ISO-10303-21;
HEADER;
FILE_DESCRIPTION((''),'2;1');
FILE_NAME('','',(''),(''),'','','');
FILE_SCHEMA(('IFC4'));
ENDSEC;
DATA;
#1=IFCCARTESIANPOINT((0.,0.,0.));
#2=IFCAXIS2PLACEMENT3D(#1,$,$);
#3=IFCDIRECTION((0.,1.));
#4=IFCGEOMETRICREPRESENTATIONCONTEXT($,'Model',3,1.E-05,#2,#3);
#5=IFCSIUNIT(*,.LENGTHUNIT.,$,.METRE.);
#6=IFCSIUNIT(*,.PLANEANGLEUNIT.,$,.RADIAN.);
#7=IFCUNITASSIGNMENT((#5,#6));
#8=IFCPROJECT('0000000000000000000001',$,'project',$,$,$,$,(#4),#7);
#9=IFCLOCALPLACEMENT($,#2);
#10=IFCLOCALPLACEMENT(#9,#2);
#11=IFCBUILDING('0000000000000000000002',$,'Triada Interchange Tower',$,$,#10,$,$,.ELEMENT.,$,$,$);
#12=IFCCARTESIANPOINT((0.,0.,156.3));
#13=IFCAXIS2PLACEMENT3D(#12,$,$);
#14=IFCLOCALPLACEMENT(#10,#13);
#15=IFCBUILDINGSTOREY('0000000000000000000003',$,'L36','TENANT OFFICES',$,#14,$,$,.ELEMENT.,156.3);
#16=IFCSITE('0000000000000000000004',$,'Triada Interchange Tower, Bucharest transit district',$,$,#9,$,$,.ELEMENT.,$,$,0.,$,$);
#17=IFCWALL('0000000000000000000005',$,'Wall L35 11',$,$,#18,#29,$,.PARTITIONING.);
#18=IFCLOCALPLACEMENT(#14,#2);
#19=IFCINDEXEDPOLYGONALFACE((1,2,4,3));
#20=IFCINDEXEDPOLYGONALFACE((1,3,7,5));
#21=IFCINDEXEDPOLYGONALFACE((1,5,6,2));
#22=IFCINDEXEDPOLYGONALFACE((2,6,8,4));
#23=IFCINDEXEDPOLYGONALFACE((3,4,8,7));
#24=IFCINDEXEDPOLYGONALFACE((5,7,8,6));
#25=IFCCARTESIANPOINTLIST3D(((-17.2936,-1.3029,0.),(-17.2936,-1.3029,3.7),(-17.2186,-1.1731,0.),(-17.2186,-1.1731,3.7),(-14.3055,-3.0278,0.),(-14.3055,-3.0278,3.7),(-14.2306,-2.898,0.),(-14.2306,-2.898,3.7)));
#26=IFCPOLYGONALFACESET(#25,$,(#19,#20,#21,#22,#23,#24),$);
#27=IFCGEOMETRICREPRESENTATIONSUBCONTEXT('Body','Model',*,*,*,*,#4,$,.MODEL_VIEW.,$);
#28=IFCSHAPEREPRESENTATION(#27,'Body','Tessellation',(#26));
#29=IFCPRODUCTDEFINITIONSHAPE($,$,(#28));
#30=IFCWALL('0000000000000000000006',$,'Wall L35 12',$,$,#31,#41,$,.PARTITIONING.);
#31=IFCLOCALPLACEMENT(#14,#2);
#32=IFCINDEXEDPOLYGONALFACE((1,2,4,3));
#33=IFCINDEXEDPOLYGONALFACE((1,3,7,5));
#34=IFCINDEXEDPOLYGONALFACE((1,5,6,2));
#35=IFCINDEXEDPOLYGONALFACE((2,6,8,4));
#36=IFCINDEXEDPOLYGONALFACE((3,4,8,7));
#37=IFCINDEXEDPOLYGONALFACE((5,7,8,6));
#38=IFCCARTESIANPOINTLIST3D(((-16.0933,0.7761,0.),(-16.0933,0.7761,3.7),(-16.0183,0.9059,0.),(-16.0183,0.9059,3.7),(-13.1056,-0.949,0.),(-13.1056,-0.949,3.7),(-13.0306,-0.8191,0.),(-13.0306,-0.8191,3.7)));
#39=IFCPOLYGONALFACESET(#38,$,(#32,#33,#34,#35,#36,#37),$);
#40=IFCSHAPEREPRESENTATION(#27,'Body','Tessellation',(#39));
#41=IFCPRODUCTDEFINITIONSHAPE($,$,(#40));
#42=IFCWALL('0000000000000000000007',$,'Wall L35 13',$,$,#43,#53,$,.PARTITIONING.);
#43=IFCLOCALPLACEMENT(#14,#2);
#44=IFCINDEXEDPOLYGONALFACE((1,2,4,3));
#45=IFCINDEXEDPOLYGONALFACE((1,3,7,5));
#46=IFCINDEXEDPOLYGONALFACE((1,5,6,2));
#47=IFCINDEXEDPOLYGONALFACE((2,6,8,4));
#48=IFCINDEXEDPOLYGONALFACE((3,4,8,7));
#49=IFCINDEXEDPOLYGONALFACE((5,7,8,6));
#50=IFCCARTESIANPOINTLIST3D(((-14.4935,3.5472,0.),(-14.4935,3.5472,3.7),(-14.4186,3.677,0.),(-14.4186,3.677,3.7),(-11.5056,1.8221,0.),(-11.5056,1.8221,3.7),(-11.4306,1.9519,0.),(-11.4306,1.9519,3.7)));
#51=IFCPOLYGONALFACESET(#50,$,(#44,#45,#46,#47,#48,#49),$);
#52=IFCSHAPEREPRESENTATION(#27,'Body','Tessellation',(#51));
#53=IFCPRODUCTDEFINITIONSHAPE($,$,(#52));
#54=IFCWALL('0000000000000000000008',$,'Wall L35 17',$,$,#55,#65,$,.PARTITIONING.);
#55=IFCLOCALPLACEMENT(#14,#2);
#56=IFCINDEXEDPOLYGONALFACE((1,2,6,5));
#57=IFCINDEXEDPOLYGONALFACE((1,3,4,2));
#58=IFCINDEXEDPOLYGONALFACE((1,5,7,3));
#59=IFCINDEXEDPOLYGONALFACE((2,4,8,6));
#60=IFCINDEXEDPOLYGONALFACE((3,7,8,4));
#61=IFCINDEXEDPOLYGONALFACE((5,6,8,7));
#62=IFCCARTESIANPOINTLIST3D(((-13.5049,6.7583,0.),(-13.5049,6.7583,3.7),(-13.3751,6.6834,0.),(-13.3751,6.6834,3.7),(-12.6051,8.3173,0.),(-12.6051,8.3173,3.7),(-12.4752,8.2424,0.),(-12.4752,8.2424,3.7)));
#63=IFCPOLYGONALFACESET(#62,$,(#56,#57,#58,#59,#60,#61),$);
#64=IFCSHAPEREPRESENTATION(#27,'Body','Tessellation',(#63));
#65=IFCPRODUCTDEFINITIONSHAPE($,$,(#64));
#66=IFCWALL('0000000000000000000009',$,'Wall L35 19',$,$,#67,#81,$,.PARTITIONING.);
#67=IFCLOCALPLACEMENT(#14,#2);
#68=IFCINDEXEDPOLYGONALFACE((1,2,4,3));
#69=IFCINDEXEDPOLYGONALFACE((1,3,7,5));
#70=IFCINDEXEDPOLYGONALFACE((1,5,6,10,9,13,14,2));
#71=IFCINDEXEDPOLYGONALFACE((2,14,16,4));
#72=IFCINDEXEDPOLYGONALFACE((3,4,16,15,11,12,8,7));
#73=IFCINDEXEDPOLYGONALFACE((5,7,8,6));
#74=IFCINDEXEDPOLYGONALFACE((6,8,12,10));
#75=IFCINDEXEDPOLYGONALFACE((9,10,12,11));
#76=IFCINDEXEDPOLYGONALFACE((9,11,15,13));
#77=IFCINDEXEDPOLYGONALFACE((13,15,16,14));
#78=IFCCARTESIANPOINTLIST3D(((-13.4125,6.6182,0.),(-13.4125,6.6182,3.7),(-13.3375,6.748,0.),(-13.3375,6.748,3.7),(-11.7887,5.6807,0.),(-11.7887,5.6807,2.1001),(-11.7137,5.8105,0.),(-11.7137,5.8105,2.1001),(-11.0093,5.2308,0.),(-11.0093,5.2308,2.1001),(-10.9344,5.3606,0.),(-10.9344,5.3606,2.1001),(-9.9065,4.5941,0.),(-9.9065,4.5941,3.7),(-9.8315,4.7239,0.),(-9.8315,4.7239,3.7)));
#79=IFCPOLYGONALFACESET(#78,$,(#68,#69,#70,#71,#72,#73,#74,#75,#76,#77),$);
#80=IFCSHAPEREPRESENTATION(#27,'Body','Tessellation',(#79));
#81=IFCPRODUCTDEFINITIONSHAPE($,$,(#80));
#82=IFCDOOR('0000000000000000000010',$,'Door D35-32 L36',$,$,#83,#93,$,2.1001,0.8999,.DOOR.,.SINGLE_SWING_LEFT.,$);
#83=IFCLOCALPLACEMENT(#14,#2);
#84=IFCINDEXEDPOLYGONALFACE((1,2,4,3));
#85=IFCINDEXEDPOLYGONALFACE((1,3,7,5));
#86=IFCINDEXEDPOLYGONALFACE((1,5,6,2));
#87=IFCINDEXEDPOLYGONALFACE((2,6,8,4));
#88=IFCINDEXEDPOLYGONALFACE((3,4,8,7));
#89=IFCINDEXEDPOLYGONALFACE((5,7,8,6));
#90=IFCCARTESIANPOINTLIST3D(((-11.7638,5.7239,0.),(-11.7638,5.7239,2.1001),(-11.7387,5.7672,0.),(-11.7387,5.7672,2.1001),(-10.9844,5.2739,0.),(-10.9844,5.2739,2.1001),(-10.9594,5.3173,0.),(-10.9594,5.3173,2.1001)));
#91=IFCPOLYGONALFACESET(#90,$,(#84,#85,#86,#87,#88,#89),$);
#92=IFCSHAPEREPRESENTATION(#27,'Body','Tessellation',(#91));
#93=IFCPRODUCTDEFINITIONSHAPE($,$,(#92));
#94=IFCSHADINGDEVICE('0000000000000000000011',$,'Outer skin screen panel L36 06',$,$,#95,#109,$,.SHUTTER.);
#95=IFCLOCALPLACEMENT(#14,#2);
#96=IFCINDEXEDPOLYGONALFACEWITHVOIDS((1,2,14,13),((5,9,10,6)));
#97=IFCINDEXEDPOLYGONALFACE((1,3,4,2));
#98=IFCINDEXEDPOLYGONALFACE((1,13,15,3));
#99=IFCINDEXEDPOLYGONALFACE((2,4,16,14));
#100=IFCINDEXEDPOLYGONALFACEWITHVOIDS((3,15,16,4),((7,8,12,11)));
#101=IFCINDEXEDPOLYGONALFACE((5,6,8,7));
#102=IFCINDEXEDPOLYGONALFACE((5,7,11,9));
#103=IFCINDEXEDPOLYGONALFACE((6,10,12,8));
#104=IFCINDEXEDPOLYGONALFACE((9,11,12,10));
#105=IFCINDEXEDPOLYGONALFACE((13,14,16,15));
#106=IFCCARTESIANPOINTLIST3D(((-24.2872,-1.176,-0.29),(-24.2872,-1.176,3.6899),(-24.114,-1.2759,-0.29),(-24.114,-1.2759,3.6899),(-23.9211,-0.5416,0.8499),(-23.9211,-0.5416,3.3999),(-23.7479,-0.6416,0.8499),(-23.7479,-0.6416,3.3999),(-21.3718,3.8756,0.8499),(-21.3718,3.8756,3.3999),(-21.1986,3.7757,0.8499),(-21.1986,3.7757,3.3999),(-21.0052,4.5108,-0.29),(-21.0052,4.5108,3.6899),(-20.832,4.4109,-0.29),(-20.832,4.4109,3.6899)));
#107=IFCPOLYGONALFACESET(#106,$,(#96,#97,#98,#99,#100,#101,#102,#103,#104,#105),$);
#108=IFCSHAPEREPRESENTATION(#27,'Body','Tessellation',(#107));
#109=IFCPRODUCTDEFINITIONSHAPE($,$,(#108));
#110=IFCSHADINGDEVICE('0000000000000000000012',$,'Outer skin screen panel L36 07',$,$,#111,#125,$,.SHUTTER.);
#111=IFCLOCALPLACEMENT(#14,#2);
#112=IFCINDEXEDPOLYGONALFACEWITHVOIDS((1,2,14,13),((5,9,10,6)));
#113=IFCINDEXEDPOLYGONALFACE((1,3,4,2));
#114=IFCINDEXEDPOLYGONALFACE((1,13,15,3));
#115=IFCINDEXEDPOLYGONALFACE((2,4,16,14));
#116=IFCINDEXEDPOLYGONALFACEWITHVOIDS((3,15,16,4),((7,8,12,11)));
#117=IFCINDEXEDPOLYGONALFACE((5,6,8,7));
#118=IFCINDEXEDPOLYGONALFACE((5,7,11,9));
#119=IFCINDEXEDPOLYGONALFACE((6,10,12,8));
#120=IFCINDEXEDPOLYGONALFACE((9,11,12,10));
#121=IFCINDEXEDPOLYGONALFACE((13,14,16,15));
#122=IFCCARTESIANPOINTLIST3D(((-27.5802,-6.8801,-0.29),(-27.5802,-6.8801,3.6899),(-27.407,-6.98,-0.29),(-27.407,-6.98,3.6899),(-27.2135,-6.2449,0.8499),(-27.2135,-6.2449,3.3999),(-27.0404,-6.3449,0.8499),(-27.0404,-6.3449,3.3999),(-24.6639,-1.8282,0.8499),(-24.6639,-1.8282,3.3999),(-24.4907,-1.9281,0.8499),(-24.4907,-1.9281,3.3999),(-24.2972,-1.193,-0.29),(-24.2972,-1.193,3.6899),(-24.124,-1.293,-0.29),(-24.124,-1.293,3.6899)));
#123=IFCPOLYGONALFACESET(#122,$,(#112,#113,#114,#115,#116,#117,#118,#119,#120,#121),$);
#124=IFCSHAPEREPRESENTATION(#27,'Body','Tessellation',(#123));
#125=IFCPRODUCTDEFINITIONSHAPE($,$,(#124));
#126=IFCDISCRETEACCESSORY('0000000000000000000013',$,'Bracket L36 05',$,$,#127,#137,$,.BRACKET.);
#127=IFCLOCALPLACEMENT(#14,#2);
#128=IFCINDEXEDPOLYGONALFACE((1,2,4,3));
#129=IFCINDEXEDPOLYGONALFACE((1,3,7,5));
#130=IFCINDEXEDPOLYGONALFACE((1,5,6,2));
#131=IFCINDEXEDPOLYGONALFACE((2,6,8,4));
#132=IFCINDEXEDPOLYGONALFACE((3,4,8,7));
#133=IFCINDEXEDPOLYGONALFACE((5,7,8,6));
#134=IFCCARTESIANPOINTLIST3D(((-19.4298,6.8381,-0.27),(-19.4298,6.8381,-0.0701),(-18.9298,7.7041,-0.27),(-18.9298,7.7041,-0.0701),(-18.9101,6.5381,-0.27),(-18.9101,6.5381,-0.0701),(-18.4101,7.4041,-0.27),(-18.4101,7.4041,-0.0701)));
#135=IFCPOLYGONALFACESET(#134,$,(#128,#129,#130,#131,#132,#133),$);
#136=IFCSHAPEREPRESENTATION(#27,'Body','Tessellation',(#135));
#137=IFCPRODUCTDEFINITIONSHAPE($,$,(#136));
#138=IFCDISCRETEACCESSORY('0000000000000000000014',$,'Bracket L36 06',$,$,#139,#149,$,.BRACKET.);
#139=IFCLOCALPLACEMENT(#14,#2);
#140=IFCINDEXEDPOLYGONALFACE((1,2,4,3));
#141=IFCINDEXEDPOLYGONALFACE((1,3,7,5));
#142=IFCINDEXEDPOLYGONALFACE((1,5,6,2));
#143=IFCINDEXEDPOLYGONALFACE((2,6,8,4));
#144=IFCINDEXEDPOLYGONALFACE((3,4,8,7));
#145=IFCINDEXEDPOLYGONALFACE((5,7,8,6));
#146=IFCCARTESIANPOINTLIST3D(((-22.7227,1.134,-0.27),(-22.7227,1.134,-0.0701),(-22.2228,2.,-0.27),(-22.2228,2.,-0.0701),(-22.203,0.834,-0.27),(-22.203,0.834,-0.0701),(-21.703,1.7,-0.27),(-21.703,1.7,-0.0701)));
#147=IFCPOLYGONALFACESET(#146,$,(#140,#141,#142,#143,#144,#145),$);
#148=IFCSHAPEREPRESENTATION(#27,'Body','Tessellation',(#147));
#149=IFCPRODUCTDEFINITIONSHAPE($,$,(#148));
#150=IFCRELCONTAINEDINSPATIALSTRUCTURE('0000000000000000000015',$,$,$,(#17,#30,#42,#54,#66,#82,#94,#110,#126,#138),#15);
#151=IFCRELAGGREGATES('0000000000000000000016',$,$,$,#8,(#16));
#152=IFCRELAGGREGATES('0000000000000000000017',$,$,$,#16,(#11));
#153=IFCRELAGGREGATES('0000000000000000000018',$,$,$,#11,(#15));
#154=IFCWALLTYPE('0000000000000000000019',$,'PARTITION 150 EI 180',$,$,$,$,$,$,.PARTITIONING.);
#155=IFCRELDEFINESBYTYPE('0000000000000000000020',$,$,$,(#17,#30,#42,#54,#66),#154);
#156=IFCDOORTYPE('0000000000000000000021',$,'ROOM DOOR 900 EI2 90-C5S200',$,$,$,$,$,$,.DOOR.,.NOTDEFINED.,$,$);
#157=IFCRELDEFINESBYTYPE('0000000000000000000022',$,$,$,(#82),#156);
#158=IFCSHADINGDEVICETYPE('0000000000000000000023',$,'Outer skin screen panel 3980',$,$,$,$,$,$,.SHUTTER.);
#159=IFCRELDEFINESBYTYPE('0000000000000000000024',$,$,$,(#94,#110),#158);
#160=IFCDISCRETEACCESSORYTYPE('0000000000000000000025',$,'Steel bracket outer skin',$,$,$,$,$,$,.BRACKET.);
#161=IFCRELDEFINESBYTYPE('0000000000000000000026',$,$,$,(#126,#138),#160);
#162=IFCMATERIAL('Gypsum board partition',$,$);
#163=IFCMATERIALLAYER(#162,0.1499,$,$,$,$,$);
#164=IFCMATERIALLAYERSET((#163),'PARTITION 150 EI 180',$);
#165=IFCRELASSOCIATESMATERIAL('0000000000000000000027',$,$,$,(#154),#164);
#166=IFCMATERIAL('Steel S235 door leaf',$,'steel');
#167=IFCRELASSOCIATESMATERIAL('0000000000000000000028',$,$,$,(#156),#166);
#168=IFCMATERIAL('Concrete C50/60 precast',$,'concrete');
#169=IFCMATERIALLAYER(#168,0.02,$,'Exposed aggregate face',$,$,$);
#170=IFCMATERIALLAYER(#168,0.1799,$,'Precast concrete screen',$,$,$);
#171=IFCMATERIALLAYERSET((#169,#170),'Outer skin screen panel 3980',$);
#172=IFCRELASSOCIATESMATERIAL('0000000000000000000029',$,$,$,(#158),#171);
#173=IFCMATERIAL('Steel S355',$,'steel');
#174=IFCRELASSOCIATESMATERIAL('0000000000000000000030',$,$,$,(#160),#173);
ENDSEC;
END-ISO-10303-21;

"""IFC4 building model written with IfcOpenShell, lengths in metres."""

from ifc_helpers import new_model, si_unit, direction, frame, frame_2d, origin, origin_2d, place, context, subcontext, project, spatial, polyline, rectangle, outline, extrude, material, layer, layer_set, type_object, element, fill, save


model = new_model("IFC4")

# Units and contexts
model_context = context("Model", 3, precision=1e-05, world=origin(), true_north=direction((0.0, 1.0)))
body_context = subcontext(model_context, "Body", "Model", "MODEL_VIEW")
ifc_project = project(units=[si_unit("LENGTHUNIT", "METRE"), si_unit("PLANEANGLEUNIT", "RADIAN")], contexts=[model_context])

# Site, building, storey
site_placement = place(None, origin())
site = spatial("IfcSite", under=ifc_project, at=site_placement, Name="Triada Interchange Tower, Bucharest transit district", CompositionType="ELEMENT", RefElevation=0.0)
building_placement = place(site_placement, origin())
building = spatial("IfcBuilding", under=site, at=building_placement, Name="Triada Interchange Tower", CompositionType="ELEMENT")
storey_placement = place(building_placement, frame((0.0, 0.0, 156.3)))
storey = spatial("IfcBuildingStorey", under=building, at=storey_placement, Name="L36", Description="TENANT OFFICES", CompositionType="ELEMENT", Elevation=156.3)

# Shared definitions
ifc_material_1 = material(Name="Steel S235 door leaf", Category="steel")

# Shared definitions
ifc_material_2 = material(Name="Gypsum board partition")
ifc_layer_1 = layer(ifc_material_2, 0.1499)
ifc_layer_set_1 = layer_set([ifc_layer_1], Name="PARTITION 150 EI 180")
wall_type_1 = type_object("IfcWallType", Name="PARTITION 150 EI 180", PredefinedType="PARTITIONING", material=ifc_layer_set_1)

# Walls
wall_1_placement = place(storey_placement, frame((-17.2561, -1.238, 0.0), z_axis=(0.0, 0.0, 1.0), x_axis=(0.866062, -0.499937, 0.0)))
element("IfcWall", 1, at=wall_1_placement, inside=storey, type_object=wall_type_1, Name="Wall L35 11", PredefinedType="PARTITIONING", context=body_context, shape_type="SweptSolid", body=[
    extrude(rectangle(XDim=3.4502, YDim=0.1499, at=frame_2d((1.7251, 0.0))), origin(), (0.0, 0.0, 1.0), 3.7),
])
wall_2_placement = place(storey_placement, frame((-16.0559, 0.8411, 0.0), z_axis=(0.0, 0.0, 1.0), x_axis=(0.866014, -0.500021, 0.0)))
element("IfcWall", 2, at=wall_2_placement, inside=storey, type_object=wall_type_1, Name="Wall L35 12", PredefinedType="PARTITIONING", context=body_context, shape_type="SweptSolid", body=[
    extrude(rectangle(XDim=3.45, YDim=0.1499, at=frame_2d((1.7251, 0.0))), origin(), (0.0, 0.0, 1.0), 3.7),
])
wall_3_placement = place(storey_placement, frame((-14.4561, 3.6121, 0.0), z_axis=(0.0, 0.0, 1.0), x_axis=(0.866031, -0.49999, 0.0)))
element("IfcWall", 3, at=wall_3_placement, inside=storey, type_object=wall_type_1, Name="Wall L35 13", PredefinedType="PARTITIONING", context=body_context, shape_type="SweptSolid", body=[
    extrude(rectangle(XDim=3.4502, YDim=0.1499, at=frame_2d((1.7251, 0.0))), origin(), (0.0, 0.0, 1.0), 3.7),
])
wall_4_placement = place(storey_placement, frame((-13.4399, 6.7209, 0.0), z_axis=(0.0, 0.0, 1.0), x_axis=(0.499902, 0.866082, 0.0)))
element("IfcWall", 4, at=wall_4_placement, inside=storey, type_object=wall_type_1, Name="Wall L35 17", PredefinedType="PARTITIONING", context=body_context, shape_type="SweptSolid", body=[
    extrude(rectangle(XDim=1.8, YDim=0.1499, at=frame_2d((0.8999, 0.0))), origin(), (0.0, 0.0, 1.0), 3.7),
])

# Wall, opening, door
wall_5_placement = place(storey_placement, frame((-13.375, 6.6831, 0.0), z_axis=(0.0, 0.0, 1.0), x_axis=(0.866034, -0.499985, 0.0)))
wall_5 = element("IfcWall", 5, at=wall_5_placement, inside=storey, type_object=wall_type_1, Name="Wall L35 19", PredefinedType="PARTITIONING", context=body_context, shape_type="SweptSolid", body=[
    extrude(rectangle(XDim=4.0483, YDim=0.1499, at=frame_2d((2.0242, 0.0))), origin(), (0.0, 0.0, 1.0), 3.7),
])
opening_1_placement = place(wall_5_placement, frame((1.875, 0.0, 0.0)))
opening_1 = element("IfcOpeningElement", 6, at=opening_1_placement, cuts=wall_5, PredefinedType="OPENING", context=body_context, shape_type="SweptSolid", body=[
    extrude(rectangle(XDim=0.8999, YDim=2.1001, at=frame_2d((0.45, 1.05))), frame((0.0, 0.085, 0.0), z_axis=(0.0, -1.0, 0.0), x_axis=(1.0, 0.0, 0.0)), (0.0, 0.0, 1.0), 0.1699),
])
door_type_1 = type_object("IfcDoorType", Name="ROOM DOOR 900 EI2 90-C5S200", OperationType="NOTDEFINED", PredefinedType="DOOR", material=ifc_material_1)
door_1_placement = place(opening_1_placement, origin())
door_1 = element("IfcDoor", 7, at=door_1_placement, inside=storey, type_object=door_type_1, Name="Door D35-32 L36", OperationType="SINGLE_SWING_LEFT", OverallHeight=2.1001, OverallWidth=0.8999, PredefinedType="DOOR", context=body_context, shape_type="SweptSolid", body=[
    extrude(rectangle(XDim=0.8999, YDim=2.1001, at=frame_2d((0.45, 1.05))), frame((0.0, 0.0249, 0.0), z_axis=(0.0, -1.0, 0.0), x_axis=(1.0, 0.0, 0.0)), (0.0, 0.0, 1.0), 0.05),
])
fill(opening_1, door_1)

# Shading devices
ifc_material_3 = material(Name="Concrete C50/60 precast", Category="concrete")
ifc_layer_2 = layer(ifc_material_3, 0.02, Name="Exposed aggregate face")
ifc_layer_3 = layer(ifc_material_3, 0.1799, Name="Precast concrete screen")
ifc_layer_set_2 = layer_set([ifc_layer_2, ifc_layer_3], Name="Outer skin screen panel 3980")
shading_device_type = type_object("IfcShadingDeviceType", Name="Outer skin screen panel 3980", PredefinedType="SHUTTER", material=ifc_layer_set_2)
shading_device_1_placement = place(storey_placement, frame((-20.832, 4.4109, -0.29), z_axis=(0.0, 0.0, 1.0), x_axis=(-0.499854, -0.866109, 0.0)))
element("IfcShadingDevice", 8, at=shading_device_1_placement, inside=storey, type_object=shading_device_type, Name="Outer skin screen panel L36 06", PredefinedType="SHUTTER", context=body_context, shape_type="SweptSolid", body=[
    extrude(outline(polyline([(0.0, 0.0), (6.5659, 0.0), (6.5659, 3.98), (0.0, 3.98), (0.0, 0.0)]), holes=[polyline([(0.7334, 1.1399), (0.7334, 3.6899), (5.8335, 3.6899), (5.8335, 1.1399), (0.7334, 1.1399)])]), frame((0.0, 0.0, 0.0), z_axis=(0.0, -1.0, 0.0), x_axis=(1.0, 0.0, 0.0)), (0.0, 0.0, 1.0), 0.2),
])
shading_device_2_placement = place(storey_placement, frame((-24.124, -1.293, -0.29), z_axis=(0.0, 0.0, 1.0), x_axis=(-0.49995, -0.866054, 0.0)))
element("IfcShadingDevice", 9, at=shading_device_2_placement, inside=storey, type_object=shading_device_type, Name="Outer skin screen panel L36 07", PredefinedType="SHUTTER", context=body_context, shape_type="SweptSolid", body=[
    extrude(outline(polyline([(0.0, 0.0), (6.5667, 0.0), (6.5667, 3.98), (0.0, 3.98), (0.0, 0.0)]), holes=[polyline([(0.7334, 1.1399), (0.7334, 3.6899), (5.8333, 3.6899), (5.8333, 1.1399), (0.7334, 1.1399)])]), frame((0.0, 0.0, 0.0), z_axis=(0.0, -1.0, 0.0), x_axis=(1.0, 0.0, 0.0)), (0.0, 0.0, 1.0), 0.2),
])

# Discrete accessories
ifc_material_4 = material(Name="Steel S355", Category="steel")
discrete_accessory_type = type_object("IfcDiscreteAccessoryType", Name="Steel bracket outer skin", PredefinedType="BRACKET", material=ifc_material_4)
for number, where, z_axis, x_axis, name in (
    (10, (-18.9199, 7.1211, -0.27), (0.0, 0.0, 1.0), (-0.866036, 0.499982, 0.0), "Bracket L36 05"),
    (11, (-22.2129, 1.417, -0.27), (0.0, 0.0, 1.0), (-0.866036, 0.499982, 0.0), "Bracket L36 06"),
):
    element("IfcDiscreteAccessory", number, at=place(storey_placement, frame(where, z_axis=z_axis, x_axis=x_axis)), inside=storey, type_object=discrete_accessory_type, Name=name, PredefinedType="BRACKET", context=body_context, shape_type="SweptSolid", body=[
        extrude(rectangle(XDim=0.6001, YDim=1.0, at=origin_2d()), origin(), (0.0, 0.0, 1.0), 0.2),
    ])

save(model, "model.ifc")
